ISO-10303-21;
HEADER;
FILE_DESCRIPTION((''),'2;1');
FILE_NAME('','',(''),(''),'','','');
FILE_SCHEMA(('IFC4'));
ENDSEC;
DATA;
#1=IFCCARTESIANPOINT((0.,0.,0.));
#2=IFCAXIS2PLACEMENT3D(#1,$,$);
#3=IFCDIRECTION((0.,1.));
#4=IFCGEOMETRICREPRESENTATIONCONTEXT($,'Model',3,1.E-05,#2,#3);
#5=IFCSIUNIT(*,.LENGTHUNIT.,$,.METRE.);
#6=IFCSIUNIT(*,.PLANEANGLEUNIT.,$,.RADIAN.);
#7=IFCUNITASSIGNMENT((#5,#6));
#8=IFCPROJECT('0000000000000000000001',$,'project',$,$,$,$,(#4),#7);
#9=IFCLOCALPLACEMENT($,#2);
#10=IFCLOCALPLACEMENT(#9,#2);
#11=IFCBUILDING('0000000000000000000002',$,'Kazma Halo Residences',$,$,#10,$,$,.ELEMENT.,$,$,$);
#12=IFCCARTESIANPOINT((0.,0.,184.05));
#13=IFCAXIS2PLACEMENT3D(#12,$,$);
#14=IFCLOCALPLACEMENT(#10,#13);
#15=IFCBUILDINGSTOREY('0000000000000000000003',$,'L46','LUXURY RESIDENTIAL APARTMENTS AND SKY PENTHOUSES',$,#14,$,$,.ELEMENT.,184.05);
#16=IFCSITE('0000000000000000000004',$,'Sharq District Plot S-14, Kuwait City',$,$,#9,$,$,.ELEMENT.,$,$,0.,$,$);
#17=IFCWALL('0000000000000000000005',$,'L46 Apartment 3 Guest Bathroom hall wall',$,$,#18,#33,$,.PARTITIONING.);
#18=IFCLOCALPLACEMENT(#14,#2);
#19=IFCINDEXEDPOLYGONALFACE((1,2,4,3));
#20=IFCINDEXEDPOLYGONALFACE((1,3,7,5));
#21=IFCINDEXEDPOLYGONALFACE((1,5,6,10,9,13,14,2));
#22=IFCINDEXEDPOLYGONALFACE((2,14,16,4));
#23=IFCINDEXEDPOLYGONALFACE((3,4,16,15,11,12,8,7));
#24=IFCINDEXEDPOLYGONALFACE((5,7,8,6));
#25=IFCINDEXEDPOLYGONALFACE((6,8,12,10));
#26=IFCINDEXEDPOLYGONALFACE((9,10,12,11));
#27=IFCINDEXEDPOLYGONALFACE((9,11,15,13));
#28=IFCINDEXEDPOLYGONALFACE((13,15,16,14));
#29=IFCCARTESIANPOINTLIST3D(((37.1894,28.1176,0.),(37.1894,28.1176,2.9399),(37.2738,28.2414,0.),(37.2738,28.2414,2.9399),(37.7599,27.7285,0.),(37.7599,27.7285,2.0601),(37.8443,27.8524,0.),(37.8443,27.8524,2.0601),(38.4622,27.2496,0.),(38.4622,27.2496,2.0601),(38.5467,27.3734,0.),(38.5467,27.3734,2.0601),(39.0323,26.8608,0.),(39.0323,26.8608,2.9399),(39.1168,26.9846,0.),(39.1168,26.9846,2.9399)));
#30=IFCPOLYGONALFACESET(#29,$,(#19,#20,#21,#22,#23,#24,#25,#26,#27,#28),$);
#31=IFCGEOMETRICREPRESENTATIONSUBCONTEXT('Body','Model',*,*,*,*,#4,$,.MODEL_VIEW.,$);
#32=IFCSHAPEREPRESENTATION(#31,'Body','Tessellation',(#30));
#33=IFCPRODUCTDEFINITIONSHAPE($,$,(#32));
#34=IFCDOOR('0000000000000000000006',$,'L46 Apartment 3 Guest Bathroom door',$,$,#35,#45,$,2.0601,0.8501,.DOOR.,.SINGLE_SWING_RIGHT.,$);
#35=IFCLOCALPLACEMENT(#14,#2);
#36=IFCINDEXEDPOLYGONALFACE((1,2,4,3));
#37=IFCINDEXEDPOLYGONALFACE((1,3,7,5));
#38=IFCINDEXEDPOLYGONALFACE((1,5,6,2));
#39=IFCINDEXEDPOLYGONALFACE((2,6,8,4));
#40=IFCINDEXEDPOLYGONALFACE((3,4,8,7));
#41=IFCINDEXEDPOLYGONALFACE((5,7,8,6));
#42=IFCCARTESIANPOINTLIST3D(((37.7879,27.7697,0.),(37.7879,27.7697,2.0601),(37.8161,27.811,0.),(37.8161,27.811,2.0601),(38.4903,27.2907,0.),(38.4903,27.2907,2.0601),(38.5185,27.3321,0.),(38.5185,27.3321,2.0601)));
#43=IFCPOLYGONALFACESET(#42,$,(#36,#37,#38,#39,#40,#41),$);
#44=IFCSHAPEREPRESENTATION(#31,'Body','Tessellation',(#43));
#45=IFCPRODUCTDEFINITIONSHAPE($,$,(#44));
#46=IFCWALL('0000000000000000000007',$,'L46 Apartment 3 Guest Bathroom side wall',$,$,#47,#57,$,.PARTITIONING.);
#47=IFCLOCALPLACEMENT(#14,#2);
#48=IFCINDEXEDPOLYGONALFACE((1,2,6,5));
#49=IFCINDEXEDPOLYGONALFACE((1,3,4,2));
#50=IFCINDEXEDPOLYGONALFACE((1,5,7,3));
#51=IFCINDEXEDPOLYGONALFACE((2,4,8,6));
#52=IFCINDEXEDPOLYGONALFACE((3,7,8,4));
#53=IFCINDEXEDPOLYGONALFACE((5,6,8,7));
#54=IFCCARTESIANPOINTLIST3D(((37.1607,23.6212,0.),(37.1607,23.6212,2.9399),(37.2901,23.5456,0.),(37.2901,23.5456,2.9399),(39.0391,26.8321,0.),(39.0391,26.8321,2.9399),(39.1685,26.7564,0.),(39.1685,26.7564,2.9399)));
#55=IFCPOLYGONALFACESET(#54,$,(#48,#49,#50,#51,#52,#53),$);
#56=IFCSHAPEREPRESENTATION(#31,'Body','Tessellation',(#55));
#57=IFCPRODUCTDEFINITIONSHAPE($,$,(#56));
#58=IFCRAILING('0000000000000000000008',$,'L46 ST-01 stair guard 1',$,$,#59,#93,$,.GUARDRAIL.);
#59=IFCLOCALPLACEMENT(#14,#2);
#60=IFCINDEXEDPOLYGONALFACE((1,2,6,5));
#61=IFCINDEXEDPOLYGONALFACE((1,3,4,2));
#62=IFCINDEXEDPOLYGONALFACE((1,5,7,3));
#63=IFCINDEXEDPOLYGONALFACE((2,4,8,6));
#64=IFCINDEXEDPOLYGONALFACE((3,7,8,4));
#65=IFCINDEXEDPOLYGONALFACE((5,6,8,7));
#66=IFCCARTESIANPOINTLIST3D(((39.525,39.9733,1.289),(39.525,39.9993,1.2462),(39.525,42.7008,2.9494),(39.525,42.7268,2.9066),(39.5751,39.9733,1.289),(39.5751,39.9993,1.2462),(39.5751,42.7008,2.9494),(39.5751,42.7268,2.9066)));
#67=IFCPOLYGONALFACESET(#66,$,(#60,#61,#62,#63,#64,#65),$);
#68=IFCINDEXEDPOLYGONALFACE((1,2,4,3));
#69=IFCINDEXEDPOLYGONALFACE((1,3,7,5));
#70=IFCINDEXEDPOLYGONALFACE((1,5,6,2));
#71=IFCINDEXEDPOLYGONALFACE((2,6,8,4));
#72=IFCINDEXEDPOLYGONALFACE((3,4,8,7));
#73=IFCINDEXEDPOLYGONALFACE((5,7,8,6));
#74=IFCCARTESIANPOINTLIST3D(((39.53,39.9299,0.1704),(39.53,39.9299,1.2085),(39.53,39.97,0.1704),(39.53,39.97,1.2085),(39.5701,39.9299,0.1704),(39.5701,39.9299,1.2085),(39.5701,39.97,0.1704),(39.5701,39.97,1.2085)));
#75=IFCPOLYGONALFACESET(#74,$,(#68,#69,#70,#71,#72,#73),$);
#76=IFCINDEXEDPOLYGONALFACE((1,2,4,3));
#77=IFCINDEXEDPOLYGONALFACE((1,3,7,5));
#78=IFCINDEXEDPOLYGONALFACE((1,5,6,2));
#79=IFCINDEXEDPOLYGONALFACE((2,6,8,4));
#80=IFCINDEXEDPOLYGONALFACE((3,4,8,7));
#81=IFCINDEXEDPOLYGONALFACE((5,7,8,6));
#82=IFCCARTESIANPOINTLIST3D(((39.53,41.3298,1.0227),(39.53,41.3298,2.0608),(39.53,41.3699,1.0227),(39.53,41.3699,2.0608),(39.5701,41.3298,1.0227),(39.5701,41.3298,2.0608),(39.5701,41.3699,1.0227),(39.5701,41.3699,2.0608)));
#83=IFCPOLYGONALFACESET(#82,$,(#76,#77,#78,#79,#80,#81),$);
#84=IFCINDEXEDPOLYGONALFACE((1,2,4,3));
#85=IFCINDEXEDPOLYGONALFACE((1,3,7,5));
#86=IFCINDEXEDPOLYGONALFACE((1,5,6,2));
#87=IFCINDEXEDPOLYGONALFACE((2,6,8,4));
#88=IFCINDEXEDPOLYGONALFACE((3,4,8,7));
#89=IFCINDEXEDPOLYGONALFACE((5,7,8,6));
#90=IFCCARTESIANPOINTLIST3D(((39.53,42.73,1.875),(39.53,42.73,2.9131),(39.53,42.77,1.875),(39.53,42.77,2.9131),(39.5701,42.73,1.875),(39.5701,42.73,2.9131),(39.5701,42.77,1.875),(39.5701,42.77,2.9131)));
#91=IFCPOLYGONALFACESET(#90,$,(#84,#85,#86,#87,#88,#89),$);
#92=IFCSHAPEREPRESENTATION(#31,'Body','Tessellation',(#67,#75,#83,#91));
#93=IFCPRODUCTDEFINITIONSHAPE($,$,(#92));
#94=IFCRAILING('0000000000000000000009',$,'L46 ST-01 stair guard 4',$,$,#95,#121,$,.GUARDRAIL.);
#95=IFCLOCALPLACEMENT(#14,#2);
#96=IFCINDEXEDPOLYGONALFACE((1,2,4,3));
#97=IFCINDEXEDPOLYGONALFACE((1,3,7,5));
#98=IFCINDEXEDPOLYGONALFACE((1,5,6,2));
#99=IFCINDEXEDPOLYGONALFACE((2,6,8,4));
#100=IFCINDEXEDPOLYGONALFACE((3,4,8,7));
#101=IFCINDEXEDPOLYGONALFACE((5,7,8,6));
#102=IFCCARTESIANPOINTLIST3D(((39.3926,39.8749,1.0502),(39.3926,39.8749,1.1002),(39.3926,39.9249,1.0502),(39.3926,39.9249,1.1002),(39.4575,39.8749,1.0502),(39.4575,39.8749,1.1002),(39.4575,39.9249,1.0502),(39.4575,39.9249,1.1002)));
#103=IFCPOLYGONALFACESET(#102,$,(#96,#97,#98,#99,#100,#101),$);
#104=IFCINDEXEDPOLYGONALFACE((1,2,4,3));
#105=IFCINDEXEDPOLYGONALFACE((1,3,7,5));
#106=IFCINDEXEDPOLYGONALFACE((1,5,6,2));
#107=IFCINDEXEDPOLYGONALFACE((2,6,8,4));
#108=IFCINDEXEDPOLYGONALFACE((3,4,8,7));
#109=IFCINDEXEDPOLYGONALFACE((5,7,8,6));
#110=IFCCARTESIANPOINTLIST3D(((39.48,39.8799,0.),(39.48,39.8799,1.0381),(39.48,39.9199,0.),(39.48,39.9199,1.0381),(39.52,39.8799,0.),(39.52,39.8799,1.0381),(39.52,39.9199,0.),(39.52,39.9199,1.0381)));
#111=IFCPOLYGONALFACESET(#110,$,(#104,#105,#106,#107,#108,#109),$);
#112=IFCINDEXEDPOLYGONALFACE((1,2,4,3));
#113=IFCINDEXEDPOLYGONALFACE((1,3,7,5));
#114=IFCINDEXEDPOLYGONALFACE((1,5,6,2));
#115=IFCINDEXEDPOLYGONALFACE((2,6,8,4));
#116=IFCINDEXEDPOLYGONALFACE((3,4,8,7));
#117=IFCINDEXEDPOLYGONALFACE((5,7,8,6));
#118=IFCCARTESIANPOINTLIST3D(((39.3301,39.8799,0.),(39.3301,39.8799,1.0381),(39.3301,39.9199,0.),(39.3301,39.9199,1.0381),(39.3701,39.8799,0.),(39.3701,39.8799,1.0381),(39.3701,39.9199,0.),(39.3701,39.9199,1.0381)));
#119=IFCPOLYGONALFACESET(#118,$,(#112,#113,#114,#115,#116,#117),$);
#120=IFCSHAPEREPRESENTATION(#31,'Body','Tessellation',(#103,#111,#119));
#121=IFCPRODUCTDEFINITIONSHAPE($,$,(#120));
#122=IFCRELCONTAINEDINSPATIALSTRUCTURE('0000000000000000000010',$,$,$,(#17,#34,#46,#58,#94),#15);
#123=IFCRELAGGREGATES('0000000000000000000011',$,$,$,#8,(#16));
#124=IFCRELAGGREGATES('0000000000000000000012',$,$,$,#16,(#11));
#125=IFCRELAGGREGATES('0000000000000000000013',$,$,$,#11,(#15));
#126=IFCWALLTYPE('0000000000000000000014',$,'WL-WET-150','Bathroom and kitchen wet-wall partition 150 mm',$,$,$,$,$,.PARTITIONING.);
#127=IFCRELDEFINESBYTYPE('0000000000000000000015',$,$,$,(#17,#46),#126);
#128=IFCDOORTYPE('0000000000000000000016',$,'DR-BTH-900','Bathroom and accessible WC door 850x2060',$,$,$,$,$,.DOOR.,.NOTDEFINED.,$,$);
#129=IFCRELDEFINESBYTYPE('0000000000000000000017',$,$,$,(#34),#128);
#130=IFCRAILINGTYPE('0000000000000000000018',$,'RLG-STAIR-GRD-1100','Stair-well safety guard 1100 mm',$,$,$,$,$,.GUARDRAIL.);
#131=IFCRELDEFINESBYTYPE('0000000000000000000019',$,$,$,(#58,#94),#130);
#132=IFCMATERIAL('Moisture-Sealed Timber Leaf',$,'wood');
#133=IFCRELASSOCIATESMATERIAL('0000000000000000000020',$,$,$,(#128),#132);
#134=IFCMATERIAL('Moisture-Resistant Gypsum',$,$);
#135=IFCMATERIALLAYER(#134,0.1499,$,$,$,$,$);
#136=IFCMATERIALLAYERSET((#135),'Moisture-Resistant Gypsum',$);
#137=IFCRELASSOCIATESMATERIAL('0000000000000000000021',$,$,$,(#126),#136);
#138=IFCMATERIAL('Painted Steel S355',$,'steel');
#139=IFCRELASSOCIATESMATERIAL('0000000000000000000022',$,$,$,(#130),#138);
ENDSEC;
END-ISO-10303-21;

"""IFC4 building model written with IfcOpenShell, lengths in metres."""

from ifc_helpers import new_model, si_unit, direction, frame, frame_2d, origin, origin_2d, place, context, subcontext, project, spatial, rectangle, extrude, material, layer, layer_set, type_object, element, fill, save


model = new_model("IFC4")

# Units and contexts
model_context = context("Model", 3, precision=1e-05, world=origin(), true_north=direction((0.0, 1.0)))
body_context = subcontext(model_context, "Body", "Model", "MODEL_VIEW")
ifc_project = project(units=[si_unit("LENGTHUNIT", "METRE"), si_unit("PLANEANGLEUNIT", "RADIAN")], contexts=[model_context])

# Site, building, storey
site_placement = place(None, origin())
site = spatial("IfcSite", under=ifc_project, at=site_placement, Name="Sharq District Plot S-14, Kuwait City", CompositionType="ELEMENT", RefElevation=0.0)
building_placement = place(site_placement, origin())
building = spatial("IfcBuilding", under=site, at=building_placement, Name="Kazma Halo Residences", CompositionType="ELEMENT")
storey_placement = place(building_placement, frame((0.0, 0.0, 184.05)))
storey = spatial("IfcBuildingStorey", under=building, at=storey_placement, Name="L46", Description="LUXURY RESIDENTIAL APARTMENTS AND SKY PENTHOUSES", CompositionType="ELEMENT", Elevation=184.05)

# Wall, opening, door
ifc_material_1 = material(Name="Moisture-Sealed Timber Leaf", Category="wood")
door_type_1 = type_object("IfcDoorType", Name="DR-BTH-900", Description="Bathroom and accessible WC door 850x2060", OperationType="NOTDEFINED", PredefinedType="DOOR", material=ifc_material_1)
ifc_material_2 = material(Name="Moisture-Resistant Gypsum")
ifc_layer_1 = layer(ifc_material_2, 0.1499)
ifc_layer_set_1 = layer_set([ifc_layer_1], Name="Moisture-Resistant Gypsum")
wall_type_1 = type_object("IfcWallType", Name="WL-WET-150", Description="Bathroom and kitchen wet-wall partition 150 mm", PredefinedType="PARTITIONING", material=ifc_layer_set_1)
wall_1_placement = place(storey_placement, frame((37.2317, 28.1794, 0.0), z_axis=(0.0, 0.0, 1.0), x_axis=(0.826179, -0.563408, 0.0)))
wall_1 = element("IfcWall", 1, at=wall_1_placement, inside=storey, type_object=wall_type_1, Name="L46 Apartment 3 Guest Bathroom hall wall", PredefinedType="PARTITIONING", context=body_context, shape_type="SweptSolid", body=[
    extrude(rectangle(XDim=2.2307, YDim=0.1499, at=frame_2d((1.1152, 0.0))), origin(), (0.0, 0.0, 1.0), 2.9399),
])
opening_1_placement = place(wall_1_placement, frame((0.6904, 0.0, 0.0)))
opening_1 = element("IfcOpeningElement", 2, at=opening_1_placement, cuts=wall_1, PredefinedType="OPENING", context=body_context, shape_type="SweptSolid", body=[
    extrude(rectangle(XDim=0.8501, YDim=2.0601, at=frame_2d((0.425, 1.03))), frame((0.0, 0.085, 0.0), z_axis=(0.0, -1.0, 0.0), x_axis=(1.0, 0.0, 0.0)), (0.0, 0.0, 1.0), 0.1699),
])
door_1_placement = place(opening_1_placement, origin())
door_1 = element("IfcDoor", 3, at=door_1_placement, inside=storey, type_object=door_type_1, Name="L46 Apartment 3 Guest Bathroom door", OperationType="SINGLE_SWING_RIGHT", OverallHeight=2.0601, OverallWidth=0.8501, PredefinedType="DOOR", context=body_context, shape_type="SweptSolid", body=[
    extrude(rectangle(XDim=0.8501, YDim=2.0601, at=frame_2d((0.425, 1.03))), frame((0.0, 0.0249, 0.0), z_axis=(0.0, -1.0, 0.0), x_axis=(1.0, 0.0, 0.0)), (0.0, 0.0, 1.0), 0.05),
])
fill(opening_1, door_1)

# Wall
wall_2_placement = place(storey_placement, frame((39.1038, 26.7942, 0.0), z_axis=(0.0, 0.0, 1.0), x_axis=(-0.504948, -0.86315, 0.0)))
element("IfcWall", 4, at=wall_2_placement, inside=storey, type_object=wall_type_1, Name="L46 Apartment 3 Guest Bathroom side wall", PredefinedType="PARTITIONING", context=body_context, shape_type="SweptSolid", body=[
    extrude(rectangle(XDim=3.72, YDim=0.1499, at=frame_2d((1.8599, 0.0))), origin(), (0.0, 0.0, 1.0), 2.9399),
])

# Railings
ifc_material_3 = material(Name="Painted Steel S355", Category="steel")
railing_type = type_object("IfcRailingType", Name="RLG-STAIR-GRD-1100", Description="Stair-well safety guard 1100 mm", PredefinedType="GUARDRAIL", material=ifc_material_3)
railing_1_placement = place(storey_placement, frame((39.55, 39.95, 0.1704)))
element("IfcRailing", 5, at=railing_1_placement, inside=storey, type_object=railing_type, Name="L46 ST-01 stair guard 1", PredefinedType="GUARDRAIL", context=body_context, shape_type="SweptSolid", body=[
    extrude(rectangle(XDim=0.05, YDim=0.05, at=origin_2d()), frame((0.0, 0.0364, 1.0972), z_axis=(0.0, 0.85417, 0.519994), x_axis=(-1.0, 0.0, 0.0)), (0.0, 0.0, 1.0), 3.1931),
    extrude(rectangle(XDim=0.04, YDim=0.04, at=origin_2d()), origin(), (0.0, 0.0, 1.0), 1.0381),
    extrude(rectangle(XDim=0.04, YDim=0.04, at=origin_2d()), frame((0.0, 1.3999, 0.8523)), (0.0, 0.0, 1.0), 1.0381),
    extrude(rectangle(XDim=0.04, YDim=0.04, at=origin_2d()), frame((0.0, 2.8, 1.7046)), (0.0, 0.0, 1.0), 1.0381),
])
railing_2_placement = place(storey_placement, frame((39.5, 39.8999, 0.0)))
element("IfcRailing", 6, at=railing_2_placement, inside=storey, type_object=railing_type, Name="L46 ST-01 stair guard 4", PredefinedType="GUARDRAIL", context=body_context, shape_type="SweptSolid", body=[
    extrude(rectangle(XDim=0.05, YDim=0.05, at=origin_2d()), frame((-0.0425, 0.0, 1.0752), z_axis=(-1.0, 0.0, 0.0), x_axis=(0.0, -1.0, 0.0)), (0.0, 0.0, 1.0), 0.0649),
    extrude(rectangle(XDim=0.04, YDim=0.04, at=origin_2d()), origin(), (0.0, 0.0, 1.0), 1.0381),
    extrude(rectangle(XDim=0.04, YDim=0.04, at=origin_2d()), frame((-0.1499, 0.0, 0.0)), (0.0, 0.0, 1.0), 1.0381),
])

save(model, "model.ifc")
